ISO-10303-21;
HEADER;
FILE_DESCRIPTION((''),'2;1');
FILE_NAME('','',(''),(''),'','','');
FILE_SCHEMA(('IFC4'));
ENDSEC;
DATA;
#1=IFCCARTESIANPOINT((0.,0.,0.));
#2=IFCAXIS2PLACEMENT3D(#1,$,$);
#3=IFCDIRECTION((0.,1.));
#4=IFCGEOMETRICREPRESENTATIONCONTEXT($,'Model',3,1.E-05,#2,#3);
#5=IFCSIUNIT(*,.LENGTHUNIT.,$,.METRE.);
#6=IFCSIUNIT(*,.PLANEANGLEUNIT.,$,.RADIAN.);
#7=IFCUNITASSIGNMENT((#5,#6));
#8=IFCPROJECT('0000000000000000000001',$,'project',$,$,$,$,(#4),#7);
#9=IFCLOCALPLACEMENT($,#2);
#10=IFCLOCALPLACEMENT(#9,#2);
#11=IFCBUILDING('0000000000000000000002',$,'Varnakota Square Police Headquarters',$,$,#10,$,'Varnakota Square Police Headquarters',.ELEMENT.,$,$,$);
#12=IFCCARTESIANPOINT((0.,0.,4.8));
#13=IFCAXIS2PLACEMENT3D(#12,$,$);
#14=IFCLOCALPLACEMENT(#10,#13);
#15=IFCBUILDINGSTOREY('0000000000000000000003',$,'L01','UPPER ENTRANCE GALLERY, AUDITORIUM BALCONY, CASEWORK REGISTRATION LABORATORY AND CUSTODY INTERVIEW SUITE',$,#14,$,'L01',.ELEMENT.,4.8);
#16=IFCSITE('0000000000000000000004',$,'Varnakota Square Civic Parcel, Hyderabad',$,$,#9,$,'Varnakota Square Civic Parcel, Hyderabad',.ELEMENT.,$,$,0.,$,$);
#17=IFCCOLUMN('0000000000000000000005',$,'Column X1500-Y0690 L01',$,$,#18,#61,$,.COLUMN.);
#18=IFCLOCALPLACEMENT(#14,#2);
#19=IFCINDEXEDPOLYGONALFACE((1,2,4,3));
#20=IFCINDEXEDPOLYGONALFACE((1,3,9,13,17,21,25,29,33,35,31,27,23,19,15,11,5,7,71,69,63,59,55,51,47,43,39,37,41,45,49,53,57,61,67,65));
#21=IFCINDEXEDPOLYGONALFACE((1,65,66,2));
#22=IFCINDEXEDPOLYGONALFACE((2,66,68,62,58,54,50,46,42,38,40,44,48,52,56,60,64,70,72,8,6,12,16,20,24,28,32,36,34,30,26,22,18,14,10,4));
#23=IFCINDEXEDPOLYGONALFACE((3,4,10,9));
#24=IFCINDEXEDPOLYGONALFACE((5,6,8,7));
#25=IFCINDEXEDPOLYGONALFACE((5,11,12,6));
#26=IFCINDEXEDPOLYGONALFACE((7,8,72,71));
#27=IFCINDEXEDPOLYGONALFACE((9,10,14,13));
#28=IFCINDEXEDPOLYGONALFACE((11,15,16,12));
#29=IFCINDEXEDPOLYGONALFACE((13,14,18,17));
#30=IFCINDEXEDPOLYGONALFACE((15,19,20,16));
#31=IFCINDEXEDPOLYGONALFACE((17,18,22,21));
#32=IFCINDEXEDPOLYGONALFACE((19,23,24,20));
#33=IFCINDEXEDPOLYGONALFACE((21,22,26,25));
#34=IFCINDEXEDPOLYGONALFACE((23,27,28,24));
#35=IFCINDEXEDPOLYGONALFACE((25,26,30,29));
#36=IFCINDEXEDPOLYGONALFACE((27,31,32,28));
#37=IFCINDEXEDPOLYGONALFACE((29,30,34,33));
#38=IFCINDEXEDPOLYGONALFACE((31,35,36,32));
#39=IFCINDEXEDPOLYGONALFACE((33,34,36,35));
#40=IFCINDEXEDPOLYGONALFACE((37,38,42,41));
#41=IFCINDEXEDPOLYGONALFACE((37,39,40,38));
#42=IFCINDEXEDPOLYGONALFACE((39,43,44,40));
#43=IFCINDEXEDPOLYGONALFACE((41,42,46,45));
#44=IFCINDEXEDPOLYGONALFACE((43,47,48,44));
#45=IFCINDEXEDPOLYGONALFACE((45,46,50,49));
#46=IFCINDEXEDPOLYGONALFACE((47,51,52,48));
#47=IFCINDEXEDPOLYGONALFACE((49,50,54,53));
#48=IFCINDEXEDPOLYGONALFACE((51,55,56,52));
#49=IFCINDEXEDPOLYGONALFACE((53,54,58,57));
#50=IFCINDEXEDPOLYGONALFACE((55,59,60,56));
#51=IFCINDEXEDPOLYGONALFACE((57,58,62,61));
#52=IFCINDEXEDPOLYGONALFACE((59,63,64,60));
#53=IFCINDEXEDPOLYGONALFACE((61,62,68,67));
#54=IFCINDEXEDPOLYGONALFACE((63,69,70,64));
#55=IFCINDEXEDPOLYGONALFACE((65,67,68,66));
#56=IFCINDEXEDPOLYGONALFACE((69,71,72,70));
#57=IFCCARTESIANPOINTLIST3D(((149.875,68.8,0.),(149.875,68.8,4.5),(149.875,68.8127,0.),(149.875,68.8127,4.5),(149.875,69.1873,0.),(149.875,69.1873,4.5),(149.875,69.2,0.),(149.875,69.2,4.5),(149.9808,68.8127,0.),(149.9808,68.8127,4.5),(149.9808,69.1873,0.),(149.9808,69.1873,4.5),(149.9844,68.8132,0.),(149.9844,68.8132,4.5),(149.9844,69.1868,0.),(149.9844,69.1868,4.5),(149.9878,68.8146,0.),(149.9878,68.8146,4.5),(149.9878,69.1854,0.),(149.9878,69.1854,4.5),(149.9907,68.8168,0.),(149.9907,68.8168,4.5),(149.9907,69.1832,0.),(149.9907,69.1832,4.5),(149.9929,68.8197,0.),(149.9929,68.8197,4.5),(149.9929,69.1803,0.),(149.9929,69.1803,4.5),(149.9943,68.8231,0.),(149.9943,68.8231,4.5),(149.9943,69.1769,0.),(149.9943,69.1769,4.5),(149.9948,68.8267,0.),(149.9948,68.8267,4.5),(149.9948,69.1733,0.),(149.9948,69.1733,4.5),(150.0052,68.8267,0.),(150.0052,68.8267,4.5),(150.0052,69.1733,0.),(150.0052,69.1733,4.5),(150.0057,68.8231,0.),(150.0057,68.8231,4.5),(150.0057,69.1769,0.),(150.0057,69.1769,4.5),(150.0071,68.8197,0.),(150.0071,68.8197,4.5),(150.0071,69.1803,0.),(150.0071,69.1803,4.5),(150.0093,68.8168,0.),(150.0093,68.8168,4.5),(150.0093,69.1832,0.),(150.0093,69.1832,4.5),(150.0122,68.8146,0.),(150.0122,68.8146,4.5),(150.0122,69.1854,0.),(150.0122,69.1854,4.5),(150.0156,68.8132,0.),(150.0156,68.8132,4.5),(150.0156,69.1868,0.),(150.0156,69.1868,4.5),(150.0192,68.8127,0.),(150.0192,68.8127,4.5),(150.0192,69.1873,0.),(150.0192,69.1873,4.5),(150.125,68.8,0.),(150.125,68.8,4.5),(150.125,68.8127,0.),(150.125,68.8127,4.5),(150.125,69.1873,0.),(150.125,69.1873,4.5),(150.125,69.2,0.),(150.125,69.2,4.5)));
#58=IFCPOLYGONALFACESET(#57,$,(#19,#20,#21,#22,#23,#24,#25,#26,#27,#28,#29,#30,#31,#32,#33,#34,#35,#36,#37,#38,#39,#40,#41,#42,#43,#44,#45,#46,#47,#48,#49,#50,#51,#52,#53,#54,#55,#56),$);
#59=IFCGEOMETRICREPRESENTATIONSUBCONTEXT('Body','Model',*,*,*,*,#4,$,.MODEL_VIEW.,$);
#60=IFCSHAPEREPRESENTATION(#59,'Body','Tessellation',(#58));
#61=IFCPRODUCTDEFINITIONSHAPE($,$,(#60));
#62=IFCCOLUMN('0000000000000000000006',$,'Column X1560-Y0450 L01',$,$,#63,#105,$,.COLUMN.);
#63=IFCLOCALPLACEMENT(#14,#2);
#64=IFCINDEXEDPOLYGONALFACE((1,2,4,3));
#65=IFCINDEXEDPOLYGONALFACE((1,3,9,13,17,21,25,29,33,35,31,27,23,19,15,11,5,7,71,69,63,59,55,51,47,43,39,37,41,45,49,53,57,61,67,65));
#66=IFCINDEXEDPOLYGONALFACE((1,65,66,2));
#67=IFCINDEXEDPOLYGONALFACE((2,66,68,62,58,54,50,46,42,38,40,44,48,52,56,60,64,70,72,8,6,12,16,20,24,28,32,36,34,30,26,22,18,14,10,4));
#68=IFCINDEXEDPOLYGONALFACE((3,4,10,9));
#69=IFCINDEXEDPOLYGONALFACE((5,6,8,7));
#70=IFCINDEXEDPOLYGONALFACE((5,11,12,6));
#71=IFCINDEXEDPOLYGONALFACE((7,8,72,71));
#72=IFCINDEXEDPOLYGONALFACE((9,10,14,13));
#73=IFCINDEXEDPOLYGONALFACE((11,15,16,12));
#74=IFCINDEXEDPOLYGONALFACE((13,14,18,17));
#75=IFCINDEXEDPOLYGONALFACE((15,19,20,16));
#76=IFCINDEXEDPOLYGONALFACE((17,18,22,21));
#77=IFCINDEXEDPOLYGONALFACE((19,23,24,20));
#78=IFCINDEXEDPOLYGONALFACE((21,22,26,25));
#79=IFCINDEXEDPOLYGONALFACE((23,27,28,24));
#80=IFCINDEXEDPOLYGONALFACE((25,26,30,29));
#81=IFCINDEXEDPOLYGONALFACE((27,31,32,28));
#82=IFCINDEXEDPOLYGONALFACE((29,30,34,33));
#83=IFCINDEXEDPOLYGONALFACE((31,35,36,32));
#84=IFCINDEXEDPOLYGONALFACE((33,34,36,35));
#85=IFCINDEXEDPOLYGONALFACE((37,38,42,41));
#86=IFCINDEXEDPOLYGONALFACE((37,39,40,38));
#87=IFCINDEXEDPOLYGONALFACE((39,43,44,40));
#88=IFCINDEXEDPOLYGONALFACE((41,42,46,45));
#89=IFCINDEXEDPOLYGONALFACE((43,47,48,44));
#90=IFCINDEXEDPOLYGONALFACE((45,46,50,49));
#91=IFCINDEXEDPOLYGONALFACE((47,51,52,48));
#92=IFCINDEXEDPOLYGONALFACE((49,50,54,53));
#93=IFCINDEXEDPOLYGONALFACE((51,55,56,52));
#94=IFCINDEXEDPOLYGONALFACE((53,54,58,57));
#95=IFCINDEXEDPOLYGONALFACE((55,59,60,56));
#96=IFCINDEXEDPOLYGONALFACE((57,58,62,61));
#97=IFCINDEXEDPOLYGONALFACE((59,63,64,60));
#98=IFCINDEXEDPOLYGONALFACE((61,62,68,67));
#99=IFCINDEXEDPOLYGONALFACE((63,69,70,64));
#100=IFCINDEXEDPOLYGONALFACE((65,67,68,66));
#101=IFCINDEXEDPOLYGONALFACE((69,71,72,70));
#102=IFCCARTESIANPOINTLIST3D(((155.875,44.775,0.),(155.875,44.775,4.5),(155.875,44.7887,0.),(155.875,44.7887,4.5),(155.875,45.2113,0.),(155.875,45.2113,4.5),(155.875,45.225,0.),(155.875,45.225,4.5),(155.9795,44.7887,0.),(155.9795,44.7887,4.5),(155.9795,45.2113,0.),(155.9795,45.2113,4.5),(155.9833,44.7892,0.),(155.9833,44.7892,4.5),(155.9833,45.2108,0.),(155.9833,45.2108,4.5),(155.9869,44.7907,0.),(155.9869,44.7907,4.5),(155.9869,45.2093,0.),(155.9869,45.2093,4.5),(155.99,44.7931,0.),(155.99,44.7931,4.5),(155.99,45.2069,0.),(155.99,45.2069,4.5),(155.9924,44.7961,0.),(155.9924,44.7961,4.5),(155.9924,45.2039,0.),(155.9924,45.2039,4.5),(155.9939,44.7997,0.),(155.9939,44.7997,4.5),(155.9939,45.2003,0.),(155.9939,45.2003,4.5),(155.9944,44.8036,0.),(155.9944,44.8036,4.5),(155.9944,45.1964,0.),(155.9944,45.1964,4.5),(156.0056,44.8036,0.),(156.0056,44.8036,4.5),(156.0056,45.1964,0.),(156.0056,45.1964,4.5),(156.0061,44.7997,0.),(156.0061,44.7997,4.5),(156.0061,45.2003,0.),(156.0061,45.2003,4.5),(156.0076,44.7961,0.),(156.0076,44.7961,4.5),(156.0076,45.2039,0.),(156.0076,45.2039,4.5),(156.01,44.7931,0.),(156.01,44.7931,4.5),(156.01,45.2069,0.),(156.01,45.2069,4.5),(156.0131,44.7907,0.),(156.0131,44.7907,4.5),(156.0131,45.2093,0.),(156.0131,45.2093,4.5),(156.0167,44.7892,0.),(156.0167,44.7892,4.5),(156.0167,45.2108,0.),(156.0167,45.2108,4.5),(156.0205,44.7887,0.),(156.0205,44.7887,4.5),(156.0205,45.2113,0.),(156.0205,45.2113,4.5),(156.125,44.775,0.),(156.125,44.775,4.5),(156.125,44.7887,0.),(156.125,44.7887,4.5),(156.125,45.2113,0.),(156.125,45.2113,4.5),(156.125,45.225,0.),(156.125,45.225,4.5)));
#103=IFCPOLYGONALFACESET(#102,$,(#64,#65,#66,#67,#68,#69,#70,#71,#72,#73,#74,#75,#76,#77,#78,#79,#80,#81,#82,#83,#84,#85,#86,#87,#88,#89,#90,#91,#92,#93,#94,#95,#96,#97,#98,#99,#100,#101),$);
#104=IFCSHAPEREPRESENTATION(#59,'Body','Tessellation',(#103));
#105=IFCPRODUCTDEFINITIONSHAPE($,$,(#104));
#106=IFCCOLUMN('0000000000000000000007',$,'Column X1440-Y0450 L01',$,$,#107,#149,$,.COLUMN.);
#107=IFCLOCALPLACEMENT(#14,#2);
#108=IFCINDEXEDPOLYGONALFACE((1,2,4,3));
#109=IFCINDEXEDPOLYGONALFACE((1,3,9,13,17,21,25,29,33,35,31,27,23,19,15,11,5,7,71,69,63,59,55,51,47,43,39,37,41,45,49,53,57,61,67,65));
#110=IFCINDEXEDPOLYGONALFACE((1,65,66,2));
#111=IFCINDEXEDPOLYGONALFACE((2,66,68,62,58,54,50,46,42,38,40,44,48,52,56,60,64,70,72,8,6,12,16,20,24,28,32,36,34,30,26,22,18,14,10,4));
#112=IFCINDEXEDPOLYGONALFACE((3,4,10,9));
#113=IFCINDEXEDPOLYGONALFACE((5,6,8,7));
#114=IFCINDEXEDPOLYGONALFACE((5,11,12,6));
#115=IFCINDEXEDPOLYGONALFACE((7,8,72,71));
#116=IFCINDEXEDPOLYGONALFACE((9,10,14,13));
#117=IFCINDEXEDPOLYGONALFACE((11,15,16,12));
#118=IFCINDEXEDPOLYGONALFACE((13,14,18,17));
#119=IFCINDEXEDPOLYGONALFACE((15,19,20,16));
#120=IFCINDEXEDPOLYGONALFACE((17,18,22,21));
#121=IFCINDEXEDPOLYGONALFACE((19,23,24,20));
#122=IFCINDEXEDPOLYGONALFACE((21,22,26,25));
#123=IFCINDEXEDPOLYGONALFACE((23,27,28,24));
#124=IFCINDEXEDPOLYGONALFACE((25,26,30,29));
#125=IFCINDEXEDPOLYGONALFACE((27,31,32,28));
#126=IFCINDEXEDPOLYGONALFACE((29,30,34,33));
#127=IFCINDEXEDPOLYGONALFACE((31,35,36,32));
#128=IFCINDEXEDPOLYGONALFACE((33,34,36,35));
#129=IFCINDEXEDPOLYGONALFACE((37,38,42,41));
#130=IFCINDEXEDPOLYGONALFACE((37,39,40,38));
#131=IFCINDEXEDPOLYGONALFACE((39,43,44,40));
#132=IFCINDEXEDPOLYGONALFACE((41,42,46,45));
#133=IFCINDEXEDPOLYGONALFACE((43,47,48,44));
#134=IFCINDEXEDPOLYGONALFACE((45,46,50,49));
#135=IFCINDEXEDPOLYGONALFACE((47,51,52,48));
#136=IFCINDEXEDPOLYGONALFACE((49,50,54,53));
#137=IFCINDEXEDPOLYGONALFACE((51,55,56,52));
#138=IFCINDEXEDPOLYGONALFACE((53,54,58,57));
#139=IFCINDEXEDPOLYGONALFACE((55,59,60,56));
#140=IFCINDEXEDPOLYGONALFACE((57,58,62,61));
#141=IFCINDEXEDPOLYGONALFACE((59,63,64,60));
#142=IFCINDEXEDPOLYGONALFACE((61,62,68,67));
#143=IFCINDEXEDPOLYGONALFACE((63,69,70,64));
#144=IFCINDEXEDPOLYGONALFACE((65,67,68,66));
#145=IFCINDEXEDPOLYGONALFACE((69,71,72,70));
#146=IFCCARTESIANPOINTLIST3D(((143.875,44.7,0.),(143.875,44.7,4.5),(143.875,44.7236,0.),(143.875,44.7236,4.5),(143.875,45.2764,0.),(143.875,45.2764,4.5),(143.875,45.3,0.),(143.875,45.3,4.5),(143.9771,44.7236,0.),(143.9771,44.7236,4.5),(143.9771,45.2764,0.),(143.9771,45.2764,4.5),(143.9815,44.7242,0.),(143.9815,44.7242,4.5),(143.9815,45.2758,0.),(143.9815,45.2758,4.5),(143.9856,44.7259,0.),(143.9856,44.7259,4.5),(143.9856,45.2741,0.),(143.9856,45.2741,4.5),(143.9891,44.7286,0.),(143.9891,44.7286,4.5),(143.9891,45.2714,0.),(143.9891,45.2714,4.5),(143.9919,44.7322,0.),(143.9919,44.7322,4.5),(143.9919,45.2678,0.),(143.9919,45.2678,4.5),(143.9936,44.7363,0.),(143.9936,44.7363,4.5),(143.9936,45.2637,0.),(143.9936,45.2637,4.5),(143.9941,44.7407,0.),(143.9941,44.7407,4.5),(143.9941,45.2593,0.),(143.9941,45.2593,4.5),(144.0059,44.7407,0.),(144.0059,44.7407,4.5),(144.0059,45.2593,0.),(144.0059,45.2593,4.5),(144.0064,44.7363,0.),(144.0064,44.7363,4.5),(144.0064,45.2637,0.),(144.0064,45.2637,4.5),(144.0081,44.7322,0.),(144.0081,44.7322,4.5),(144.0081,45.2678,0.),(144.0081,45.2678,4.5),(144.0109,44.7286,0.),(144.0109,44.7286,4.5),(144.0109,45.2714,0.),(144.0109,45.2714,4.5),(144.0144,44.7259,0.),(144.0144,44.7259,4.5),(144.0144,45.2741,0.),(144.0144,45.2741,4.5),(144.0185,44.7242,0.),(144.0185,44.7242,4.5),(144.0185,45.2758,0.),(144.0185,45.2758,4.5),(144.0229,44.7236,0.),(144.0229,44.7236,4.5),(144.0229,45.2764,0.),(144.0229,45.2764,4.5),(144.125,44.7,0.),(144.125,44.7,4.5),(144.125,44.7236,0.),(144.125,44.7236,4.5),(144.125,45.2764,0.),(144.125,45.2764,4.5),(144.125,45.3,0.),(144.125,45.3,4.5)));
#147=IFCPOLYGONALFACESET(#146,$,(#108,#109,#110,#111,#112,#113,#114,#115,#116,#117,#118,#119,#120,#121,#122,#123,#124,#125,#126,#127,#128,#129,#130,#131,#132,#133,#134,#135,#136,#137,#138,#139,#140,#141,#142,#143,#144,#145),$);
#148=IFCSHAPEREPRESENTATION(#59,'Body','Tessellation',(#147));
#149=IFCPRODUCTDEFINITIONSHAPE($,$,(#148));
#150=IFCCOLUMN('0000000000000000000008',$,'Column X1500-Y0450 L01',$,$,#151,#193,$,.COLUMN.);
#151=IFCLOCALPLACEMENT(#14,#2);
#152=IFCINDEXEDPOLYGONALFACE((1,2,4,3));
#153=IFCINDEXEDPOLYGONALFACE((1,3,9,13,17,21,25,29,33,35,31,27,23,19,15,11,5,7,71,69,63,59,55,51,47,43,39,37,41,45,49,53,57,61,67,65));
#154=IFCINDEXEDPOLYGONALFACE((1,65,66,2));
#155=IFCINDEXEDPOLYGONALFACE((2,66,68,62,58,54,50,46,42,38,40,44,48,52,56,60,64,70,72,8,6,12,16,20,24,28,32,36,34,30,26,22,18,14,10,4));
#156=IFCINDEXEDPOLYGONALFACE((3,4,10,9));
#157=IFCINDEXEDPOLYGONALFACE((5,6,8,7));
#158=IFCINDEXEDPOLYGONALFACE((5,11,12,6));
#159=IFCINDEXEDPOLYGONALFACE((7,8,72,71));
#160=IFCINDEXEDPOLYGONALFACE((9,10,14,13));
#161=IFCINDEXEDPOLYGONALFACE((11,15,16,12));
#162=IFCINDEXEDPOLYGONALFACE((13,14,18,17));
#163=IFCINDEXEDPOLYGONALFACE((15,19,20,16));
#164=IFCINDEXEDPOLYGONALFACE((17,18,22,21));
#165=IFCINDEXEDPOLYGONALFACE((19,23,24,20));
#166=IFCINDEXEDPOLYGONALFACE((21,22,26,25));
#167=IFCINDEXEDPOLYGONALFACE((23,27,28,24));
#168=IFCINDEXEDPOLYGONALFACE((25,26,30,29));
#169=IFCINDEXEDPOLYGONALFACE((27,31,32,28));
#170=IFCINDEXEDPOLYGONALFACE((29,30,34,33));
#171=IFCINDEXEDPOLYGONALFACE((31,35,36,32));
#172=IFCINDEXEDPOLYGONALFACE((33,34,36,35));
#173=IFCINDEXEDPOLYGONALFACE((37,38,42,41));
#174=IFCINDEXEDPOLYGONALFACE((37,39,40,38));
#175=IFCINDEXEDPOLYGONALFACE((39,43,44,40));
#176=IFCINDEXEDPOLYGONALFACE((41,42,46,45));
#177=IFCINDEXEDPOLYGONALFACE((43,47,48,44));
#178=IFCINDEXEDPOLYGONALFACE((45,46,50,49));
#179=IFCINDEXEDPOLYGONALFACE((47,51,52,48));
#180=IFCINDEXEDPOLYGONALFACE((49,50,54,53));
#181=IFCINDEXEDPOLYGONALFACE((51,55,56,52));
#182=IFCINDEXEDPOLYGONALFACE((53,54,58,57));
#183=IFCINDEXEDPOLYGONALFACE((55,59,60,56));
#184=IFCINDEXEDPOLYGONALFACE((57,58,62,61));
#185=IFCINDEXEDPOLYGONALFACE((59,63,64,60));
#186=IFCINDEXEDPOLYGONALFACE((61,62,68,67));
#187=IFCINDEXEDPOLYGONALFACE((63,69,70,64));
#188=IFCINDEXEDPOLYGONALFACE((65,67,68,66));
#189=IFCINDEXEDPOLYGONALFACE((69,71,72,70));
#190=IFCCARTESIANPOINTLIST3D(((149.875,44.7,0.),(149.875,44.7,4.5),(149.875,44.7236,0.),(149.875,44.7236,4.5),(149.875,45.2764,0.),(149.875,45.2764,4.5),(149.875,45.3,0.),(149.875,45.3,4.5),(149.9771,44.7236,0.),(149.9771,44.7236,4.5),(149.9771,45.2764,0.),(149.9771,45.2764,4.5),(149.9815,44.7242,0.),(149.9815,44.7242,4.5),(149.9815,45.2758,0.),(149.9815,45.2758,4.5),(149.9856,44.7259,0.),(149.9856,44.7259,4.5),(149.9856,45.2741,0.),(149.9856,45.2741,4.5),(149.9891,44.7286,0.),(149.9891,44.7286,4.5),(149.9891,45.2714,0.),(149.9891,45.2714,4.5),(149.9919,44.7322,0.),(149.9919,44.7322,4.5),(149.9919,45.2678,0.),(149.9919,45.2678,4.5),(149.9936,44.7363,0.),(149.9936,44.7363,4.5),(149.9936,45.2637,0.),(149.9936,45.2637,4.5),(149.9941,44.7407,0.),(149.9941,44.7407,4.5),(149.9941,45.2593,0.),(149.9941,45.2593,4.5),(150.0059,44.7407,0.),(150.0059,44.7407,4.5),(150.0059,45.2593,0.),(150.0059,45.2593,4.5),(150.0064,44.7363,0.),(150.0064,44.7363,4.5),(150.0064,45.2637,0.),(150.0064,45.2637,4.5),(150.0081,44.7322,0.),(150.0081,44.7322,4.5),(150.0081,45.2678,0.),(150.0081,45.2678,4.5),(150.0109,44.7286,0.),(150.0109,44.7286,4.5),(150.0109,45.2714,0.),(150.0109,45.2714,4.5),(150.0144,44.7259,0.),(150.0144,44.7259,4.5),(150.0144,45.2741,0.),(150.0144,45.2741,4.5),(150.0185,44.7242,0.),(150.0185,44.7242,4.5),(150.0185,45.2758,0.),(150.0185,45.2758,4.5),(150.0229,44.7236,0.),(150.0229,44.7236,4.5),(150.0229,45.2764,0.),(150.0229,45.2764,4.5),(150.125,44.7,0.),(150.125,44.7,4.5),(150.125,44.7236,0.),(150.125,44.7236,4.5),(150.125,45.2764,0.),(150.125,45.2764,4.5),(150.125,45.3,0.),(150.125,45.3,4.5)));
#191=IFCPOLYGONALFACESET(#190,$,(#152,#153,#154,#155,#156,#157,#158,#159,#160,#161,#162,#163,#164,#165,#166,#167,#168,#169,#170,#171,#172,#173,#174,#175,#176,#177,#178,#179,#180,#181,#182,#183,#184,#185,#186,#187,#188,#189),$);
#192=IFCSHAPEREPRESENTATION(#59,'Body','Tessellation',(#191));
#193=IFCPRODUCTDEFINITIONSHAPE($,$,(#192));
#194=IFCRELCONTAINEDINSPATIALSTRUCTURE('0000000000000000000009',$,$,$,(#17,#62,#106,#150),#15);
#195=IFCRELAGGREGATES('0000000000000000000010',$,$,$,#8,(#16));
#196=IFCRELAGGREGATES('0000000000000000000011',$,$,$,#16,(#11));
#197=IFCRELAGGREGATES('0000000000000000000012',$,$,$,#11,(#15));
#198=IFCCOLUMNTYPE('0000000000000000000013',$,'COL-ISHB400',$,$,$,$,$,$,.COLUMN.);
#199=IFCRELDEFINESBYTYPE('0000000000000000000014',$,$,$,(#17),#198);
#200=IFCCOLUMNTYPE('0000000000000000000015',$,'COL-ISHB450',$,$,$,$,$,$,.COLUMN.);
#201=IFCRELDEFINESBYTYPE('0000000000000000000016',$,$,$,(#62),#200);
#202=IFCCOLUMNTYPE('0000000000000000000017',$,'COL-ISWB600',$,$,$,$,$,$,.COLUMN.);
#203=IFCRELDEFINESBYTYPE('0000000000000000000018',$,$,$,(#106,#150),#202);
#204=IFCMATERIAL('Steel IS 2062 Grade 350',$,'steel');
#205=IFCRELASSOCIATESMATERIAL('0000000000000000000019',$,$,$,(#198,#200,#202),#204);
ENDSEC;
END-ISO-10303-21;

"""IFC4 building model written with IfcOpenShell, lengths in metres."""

from ifc_helpers import new_model, si_unit, direction, frame, origin, origin_2d, place, context, subcontext, project, spatial, i_section, extrude, material, material_profile, profile_set, type_object, element, save


model = new_model("IFC4")

# Units and contexts
model_context = context("Model", 3, precision=1e-05, world=origin(), true_north=direction((0.0, 1.0)))
body_context = subcontext(model_context, "Body", "Model", "MODEL_VIEW")
ifc_project = project(units=[si_unit("LENGTHUNIT", "METRE"), si_unit("PLANEANGLEUNIT", "RADIAN")], contexts=[model_context])

# Site, building, storey
site_placement = place(None, origin())
site = spatial("IfcSite", under=ifc_project, at=site_placement, Name="Varnakota Square Civic Parcel, Hyderabad", LongName="Varnakota Square Civic Parcel, Hyderabad", CompositionType="ELEMENT", RefElevation=0.0)
building_placement = place(site_placement, origin())
building = spatial("IfcBuilding", under=site, at=building_placement, Name="Varnakota Square Police Headquarters", LongName="Varnakota Square Police Headquarters", CompositionType="ELEMENT")
storey_placement = place(building_placement, frame((0.0, 0.0, 4.8)))
storey = spatial("IfcBuildingStorey", under=building, at=storey_placement, Name="L01", Description="UPPER ENTRANCE GALLERY, AUDITORIUM BALCONY, CASEWORK REGISTRATION LABORATORY AND CUSTODY INTERVIEW SUITE", LongName="L01", CompositionType="ELEMENT", Elevation=4.8)

# Columns
ifc_material_1 = material(Name="Steel IS 2062 Grade 350", Category="steel")
ifc_material_profile_1 = material_profile(ifc_material_1, i_section(OverallWidth=0.25, OverallDepth=0.3999, WebThickness=0.0105, FlangeThickness=0.0127, FilletRadius=0.0139, at=origin_2d()), Name="ISHB 400")
ifc_profile_set_1 = profile_set([ifc_material_profile_1], Name="Steel IS 2062 Grade 350")
column_type_1 = type_object("IfcColumnType", Name="COL-ISHB400", PredefinedType="COLUMN", material=ifc_profile_set_1)
column_1_placement = place(storey_placement, frame((150.0, 69.0, 0.0), z_axis=(0.0, 0.0, 1.0), x_axis=(1.0, 0.0, 0.0)))
element("IfcColumn", 1, at=column_1_placement, inside=storey, type_object=column_type_1, Name="Column X1500-Y0690 L01", PredefinedType="COLUMN", context=body_context, shape_type="SweptSolid", body=[
    extrude(i_section(OverallWidth=0.25, OverallDepth=0.3999, WebThickness=0.0105, FlangeThickness=0.0127, FilletRadius=0.0139, at=origin_2d()), origin(), (0.0, 0.0, 1.0), 4.5),
])
ifc_material_profile_2 = material_profile(ifc_material_1, i_section(OverallWidth=0.25, OverallDepth=0.45, WebThickness=0.0112, FlangeThickness=0.0137, FilletRadius=0.0149, at=origin_2d()), Name="ISHB 450")
ifc_profile_set_2 = profile_set([ifc_material_profile_2], Name="Steel IS 2062 Grade 350")
column_type_2 = type_object("IfcColumnType", Name="COL-ISHB450", PredefinedType="COLUMN", material=ifc_profile_set_2)
column_2_placement = place(storey_placement, frame((156.0, 45.0, 0.0), z_axis=(0.0, 0.0, 1.0), x_axis=(1.0, 0.0, 0.0)))
element("IfcColumn", 2, at=column_2_placement, inside=storey, type_object=column_type_2, Name="Column X1560-Y0450 L01", PredefinedType="COLUMN", context=body_context, shape_type="SweptSolid", body=[
    extrude(i_section(OverallWidth=0.25, OverallDepth=0.45, WebThickness=0.0112, FlangeThickness=0.0137, FilletRadius=0.0149, at=origin_2d()), origin(), (0.0, 0.0, 1.0), 4.5),
])
ifc_material_profile_3 = material_profile(ifc_material_1, i_section(OverallWidth=0.25, OverallDepth=0.6001, WebThickness=0.0117, FlangeThickness=0.0237, FilletRadius=0.0171, at=origin_2d()), Name="ISWB 600")
ifc_profile_set_3 = profile_set([ifc_material_profile_3], Name="Steel IS 2062 Grade 350")
column_type_3 = type_object("IfcColumnType", Name="COL-ISWB600", PredefinedType="COLUMN", material=ifc_profile_set_3)
for number, where, z_axis, x_axis, name in (
    (3, (144.0, 45.0, 0.0), (0.0, 0.0, 1.0), (1.0, 0.0, 0.0), "Column X1440-Y0450 L01"),
    (4, (150.0, 45.0, 0.0), (0.0, 0.0, 1.0), (1.0, 0.0, 0.0), "Column X1500-Y0450 L01"),
):
    element("IfcColumn", number, at=place(storey_placement, frame(where, z_axis=z_axis, x_axis=x_axis)), inside=storey, type_object=column_type_3, Name=name, PredefinedType="COLUMN", context=body_context, shape_type="SweptSolid", body=[
        extrude(i_section(OverallWidth=0.25, OverallDepth=0.6001, WebThickness=0.0117, FlangeThickness=0.0237, FilletRadius=0.0171, at=origin_2d()), origin(), (0.0, 0.0, 1.0), 4.5),
    ])

save(model, "model.ifc")
